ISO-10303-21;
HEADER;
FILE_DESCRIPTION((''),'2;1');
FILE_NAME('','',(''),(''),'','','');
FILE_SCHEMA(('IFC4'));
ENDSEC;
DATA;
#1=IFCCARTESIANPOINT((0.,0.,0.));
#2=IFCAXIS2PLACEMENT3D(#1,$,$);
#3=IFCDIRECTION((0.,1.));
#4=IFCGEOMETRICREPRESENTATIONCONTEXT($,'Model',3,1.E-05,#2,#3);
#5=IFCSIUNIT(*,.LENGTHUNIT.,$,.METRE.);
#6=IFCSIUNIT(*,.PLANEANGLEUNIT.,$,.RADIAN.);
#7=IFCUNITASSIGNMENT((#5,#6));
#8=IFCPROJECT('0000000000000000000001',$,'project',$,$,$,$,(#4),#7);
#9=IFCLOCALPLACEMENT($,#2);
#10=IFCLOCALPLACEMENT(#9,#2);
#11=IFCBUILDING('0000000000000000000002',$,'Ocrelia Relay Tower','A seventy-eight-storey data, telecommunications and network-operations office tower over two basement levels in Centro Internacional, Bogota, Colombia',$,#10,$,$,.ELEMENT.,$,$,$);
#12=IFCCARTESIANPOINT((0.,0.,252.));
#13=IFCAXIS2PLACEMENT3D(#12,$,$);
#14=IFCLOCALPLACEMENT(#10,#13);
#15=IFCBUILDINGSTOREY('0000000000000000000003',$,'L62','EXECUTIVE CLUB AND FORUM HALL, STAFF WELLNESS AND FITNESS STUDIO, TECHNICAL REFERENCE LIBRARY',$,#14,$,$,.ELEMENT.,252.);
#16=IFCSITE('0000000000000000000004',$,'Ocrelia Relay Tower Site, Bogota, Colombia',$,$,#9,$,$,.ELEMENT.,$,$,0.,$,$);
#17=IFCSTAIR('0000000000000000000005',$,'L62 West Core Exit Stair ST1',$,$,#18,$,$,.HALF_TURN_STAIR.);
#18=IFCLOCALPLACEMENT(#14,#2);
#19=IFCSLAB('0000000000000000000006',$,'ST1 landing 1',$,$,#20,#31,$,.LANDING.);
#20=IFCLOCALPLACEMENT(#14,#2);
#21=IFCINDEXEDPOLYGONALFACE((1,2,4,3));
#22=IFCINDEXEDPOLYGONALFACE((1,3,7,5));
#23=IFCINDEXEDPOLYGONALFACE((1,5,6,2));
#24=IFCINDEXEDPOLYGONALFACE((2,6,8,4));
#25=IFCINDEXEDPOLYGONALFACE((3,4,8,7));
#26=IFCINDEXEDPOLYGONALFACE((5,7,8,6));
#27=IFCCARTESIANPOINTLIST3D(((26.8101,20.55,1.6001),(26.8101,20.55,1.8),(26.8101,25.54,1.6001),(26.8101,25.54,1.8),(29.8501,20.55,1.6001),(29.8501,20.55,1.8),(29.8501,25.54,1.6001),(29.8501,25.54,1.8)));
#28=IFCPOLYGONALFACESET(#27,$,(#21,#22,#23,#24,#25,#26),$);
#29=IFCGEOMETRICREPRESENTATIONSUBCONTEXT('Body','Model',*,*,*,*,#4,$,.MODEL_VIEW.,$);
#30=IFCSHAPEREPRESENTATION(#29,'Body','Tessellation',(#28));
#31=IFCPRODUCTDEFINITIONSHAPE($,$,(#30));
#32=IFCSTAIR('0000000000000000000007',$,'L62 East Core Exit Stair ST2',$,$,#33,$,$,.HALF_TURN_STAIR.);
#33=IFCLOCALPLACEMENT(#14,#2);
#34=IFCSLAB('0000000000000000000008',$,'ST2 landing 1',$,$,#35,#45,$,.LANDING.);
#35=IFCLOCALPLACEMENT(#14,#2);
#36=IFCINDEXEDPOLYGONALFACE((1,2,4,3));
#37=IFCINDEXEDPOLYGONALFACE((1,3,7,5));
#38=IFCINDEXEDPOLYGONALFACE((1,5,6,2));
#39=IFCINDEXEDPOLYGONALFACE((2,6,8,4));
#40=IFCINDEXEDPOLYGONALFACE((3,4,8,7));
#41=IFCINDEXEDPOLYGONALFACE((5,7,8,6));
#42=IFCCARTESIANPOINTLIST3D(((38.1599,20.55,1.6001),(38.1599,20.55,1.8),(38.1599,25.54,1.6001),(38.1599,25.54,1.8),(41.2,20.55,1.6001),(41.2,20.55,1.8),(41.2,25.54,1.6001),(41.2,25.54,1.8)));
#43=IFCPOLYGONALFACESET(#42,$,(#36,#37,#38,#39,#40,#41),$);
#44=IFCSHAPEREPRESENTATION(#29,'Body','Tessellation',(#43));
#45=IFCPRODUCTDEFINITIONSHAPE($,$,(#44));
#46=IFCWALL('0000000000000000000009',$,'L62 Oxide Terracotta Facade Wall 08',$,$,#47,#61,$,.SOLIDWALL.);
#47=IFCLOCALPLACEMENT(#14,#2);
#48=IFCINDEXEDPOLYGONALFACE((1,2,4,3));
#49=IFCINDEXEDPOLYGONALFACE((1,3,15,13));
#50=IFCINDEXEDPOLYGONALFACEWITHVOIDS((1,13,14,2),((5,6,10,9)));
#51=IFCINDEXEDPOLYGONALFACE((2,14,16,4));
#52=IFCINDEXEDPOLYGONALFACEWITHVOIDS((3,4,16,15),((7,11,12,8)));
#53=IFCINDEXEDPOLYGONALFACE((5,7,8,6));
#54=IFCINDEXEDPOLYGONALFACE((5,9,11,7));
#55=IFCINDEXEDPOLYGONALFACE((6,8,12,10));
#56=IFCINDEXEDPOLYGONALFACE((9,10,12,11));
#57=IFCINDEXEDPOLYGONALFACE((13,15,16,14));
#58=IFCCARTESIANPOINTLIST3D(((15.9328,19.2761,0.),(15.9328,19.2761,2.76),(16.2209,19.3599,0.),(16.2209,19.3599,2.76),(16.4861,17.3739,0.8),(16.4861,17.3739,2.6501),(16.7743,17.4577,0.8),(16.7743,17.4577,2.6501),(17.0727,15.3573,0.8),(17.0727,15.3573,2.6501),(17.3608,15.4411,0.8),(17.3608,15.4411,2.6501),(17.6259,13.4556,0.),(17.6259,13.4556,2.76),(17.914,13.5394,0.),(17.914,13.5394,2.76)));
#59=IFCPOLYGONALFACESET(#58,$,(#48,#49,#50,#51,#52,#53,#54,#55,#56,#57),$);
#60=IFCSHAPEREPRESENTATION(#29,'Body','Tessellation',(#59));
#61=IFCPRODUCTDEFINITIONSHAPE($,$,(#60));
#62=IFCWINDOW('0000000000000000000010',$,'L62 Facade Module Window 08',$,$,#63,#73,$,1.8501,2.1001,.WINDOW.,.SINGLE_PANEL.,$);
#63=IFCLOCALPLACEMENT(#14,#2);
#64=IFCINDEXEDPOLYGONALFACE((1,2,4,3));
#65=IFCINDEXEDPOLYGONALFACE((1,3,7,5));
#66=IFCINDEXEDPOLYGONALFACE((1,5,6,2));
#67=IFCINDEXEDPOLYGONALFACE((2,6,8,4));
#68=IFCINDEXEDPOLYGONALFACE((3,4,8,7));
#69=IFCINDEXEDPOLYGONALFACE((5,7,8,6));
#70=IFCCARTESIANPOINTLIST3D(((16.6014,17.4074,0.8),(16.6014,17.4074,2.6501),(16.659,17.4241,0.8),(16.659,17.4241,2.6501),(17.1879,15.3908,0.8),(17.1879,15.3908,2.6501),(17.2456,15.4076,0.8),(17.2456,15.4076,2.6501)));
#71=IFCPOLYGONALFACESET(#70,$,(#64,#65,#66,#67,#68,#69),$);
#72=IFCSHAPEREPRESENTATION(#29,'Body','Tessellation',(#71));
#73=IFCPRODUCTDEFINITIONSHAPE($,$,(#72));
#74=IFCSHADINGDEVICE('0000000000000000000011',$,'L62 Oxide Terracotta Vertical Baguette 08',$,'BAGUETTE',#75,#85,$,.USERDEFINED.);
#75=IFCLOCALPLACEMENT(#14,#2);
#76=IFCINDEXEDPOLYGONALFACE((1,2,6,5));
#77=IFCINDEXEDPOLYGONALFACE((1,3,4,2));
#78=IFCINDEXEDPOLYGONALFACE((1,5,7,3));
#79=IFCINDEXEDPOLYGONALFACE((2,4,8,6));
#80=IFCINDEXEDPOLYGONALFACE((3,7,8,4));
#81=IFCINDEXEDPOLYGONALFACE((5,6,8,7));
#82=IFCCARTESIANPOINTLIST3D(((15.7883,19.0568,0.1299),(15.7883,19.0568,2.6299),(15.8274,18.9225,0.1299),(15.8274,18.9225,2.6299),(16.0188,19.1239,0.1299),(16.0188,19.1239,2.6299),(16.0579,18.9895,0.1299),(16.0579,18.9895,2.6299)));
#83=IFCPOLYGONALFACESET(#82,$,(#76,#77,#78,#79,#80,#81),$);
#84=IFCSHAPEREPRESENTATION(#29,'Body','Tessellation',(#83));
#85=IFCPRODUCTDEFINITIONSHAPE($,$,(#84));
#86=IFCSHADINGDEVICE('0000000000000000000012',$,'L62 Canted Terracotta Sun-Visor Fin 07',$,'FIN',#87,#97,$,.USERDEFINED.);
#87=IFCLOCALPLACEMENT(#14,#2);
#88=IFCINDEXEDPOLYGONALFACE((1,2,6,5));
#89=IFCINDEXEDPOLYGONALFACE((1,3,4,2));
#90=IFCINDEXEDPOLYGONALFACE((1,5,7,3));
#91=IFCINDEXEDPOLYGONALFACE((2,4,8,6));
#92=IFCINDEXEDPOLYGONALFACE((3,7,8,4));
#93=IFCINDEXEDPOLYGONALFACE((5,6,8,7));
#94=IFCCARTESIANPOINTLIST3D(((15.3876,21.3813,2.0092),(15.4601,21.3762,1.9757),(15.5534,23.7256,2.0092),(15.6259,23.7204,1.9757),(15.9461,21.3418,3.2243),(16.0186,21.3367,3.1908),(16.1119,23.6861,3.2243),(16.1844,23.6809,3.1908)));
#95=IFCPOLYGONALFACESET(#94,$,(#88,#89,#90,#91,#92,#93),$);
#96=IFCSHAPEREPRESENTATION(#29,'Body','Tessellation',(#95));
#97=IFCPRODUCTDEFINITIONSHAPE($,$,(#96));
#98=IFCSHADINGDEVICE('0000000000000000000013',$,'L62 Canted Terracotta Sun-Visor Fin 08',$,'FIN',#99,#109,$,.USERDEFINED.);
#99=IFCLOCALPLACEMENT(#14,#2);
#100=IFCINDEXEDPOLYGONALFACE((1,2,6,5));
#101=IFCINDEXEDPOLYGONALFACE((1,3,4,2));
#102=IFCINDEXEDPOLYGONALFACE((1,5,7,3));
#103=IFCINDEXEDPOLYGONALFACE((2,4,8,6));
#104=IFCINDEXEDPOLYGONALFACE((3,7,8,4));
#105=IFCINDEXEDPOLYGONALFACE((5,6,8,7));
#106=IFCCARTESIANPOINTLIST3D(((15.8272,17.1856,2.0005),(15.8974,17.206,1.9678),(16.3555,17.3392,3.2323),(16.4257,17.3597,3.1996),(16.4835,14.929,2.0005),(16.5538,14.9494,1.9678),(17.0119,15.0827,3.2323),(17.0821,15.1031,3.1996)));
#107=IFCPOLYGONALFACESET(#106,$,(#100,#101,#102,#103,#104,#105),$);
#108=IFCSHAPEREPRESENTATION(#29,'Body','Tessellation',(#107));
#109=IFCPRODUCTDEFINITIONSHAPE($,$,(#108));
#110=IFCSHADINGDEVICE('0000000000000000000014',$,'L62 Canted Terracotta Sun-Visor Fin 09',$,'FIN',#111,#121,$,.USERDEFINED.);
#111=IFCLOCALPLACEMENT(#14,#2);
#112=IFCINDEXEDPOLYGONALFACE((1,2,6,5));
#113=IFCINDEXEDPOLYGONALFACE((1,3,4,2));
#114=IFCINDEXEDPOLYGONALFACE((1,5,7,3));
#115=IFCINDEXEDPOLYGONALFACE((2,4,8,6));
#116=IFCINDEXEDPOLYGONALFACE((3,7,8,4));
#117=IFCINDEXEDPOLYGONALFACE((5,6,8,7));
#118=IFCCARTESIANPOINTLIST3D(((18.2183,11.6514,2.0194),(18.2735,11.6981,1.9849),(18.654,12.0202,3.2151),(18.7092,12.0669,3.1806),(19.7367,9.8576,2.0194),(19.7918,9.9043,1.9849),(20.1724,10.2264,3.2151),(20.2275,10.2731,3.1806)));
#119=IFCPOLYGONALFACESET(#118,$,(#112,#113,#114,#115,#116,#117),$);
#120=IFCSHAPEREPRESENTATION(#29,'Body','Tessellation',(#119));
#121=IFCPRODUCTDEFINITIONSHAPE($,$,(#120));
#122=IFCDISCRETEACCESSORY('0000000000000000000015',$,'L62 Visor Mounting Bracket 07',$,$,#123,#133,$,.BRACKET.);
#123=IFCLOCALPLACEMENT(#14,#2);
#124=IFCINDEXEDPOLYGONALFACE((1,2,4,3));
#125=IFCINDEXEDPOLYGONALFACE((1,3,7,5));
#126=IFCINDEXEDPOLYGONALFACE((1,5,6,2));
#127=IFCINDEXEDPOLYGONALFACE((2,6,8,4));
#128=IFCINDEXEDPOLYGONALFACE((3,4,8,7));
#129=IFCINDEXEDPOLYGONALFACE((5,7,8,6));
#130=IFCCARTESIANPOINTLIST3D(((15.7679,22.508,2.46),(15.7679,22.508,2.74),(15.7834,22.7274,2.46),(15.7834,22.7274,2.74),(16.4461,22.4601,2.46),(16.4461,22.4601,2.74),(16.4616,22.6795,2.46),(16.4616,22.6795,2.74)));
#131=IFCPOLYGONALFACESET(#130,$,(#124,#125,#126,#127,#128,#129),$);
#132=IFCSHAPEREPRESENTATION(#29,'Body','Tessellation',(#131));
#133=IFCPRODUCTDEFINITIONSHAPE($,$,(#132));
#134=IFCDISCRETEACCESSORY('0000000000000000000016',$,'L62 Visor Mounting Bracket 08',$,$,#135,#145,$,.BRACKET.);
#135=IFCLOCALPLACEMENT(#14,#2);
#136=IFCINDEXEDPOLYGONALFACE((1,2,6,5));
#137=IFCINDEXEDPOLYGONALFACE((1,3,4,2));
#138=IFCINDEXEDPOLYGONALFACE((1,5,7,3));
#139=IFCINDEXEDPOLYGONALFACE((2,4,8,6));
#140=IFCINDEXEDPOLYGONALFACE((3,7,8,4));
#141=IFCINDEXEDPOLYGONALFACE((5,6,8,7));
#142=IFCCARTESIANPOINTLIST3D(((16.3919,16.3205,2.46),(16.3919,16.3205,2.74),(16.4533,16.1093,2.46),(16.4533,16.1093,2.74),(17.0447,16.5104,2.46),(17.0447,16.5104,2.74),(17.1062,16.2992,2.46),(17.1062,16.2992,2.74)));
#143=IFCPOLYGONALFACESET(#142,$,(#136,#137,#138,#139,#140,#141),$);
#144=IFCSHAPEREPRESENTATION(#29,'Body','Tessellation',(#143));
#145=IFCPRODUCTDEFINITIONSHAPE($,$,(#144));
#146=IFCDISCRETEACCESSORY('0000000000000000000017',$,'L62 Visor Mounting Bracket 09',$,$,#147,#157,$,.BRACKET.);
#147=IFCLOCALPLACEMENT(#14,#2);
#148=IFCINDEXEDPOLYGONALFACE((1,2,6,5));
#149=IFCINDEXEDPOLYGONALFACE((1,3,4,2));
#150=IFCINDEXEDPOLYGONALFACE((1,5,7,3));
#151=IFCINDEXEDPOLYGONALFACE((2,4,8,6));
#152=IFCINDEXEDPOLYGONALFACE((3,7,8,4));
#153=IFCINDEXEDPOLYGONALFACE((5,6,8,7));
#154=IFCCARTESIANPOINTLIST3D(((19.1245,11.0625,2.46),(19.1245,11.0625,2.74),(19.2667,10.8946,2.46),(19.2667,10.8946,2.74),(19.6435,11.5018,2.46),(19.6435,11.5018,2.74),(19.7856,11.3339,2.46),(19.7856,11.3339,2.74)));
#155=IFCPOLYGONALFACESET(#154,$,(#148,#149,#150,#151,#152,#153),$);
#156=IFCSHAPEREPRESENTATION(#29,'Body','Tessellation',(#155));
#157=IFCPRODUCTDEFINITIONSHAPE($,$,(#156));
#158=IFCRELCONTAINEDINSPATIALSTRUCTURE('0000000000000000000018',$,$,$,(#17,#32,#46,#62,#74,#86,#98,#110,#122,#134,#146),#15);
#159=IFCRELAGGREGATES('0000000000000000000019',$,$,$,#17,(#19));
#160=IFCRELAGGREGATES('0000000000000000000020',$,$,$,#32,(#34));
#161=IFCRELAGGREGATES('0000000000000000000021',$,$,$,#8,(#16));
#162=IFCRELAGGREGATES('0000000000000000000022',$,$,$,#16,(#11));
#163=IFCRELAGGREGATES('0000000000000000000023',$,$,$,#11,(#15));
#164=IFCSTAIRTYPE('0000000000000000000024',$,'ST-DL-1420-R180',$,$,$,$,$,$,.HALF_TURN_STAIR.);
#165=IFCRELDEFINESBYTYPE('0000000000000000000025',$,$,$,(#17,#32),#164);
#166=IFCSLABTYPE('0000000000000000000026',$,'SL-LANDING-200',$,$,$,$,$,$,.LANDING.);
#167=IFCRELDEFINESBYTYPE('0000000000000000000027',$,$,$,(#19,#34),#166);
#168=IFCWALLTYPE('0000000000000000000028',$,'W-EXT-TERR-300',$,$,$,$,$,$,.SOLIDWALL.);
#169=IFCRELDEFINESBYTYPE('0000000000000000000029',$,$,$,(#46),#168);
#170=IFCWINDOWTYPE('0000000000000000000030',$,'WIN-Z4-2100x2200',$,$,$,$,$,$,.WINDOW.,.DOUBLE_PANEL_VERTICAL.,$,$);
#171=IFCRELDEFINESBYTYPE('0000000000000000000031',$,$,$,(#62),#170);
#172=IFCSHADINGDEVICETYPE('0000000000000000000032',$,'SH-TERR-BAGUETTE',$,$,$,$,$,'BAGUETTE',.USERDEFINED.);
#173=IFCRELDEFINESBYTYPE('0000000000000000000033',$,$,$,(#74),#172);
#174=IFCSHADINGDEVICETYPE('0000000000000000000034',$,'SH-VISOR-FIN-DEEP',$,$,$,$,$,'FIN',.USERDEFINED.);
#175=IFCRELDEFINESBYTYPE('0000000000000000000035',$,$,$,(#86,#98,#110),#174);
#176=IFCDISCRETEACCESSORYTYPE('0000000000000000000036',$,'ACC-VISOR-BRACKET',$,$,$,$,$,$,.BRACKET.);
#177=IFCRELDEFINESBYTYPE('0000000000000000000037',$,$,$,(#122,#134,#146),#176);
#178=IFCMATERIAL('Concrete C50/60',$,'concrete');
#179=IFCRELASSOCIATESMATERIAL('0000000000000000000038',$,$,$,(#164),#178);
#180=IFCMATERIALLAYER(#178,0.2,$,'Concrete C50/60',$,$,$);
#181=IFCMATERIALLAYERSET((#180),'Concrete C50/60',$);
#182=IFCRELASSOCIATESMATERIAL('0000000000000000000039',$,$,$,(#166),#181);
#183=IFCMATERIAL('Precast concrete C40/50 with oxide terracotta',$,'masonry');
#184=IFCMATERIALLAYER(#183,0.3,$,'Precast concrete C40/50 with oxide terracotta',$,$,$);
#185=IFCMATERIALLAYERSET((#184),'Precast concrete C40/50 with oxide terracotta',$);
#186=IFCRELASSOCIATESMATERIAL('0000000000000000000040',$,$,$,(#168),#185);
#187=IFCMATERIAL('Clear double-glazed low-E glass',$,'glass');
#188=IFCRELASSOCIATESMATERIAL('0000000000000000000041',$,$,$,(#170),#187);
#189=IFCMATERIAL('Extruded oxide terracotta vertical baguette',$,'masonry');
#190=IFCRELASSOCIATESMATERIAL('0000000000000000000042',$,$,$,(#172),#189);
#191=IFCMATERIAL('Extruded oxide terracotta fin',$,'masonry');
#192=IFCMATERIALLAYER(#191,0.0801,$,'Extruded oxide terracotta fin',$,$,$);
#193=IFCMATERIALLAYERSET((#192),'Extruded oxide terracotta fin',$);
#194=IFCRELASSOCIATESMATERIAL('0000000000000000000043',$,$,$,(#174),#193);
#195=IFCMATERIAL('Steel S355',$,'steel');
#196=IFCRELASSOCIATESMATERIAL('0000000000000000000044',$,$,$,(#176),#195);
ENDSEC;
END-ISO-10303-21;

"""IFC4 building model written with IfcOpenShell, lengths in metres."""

from ifc_helpers import new_model, si_unit, direction, frame, frame_2d, origin, origin_2d, place, context, subcontext, project, spatial, polyline, rectangle, outline, extrude, material, layer, layer_set, type_object, element, fill, aggregate, save


model = new_model("IFC4")

# Units and contexts
model_context = context("Model", 3, precision=1e-05, world=origin(), true_north=direction((0.0, 1.0)))
body_context = subcontext(model_context, "Body", "Model", "MODEL_VIEW")
ifc_project = project(units=[si_unit("LENGTHUNIT", "METRE"), si_unit("PLANEANGLEUNIT", "RADIAN")], contexts=[model_context])

# Site, building, storey
site_placement = place(None, origin())
site = spatial("IfcSite", under=ifc_project, at=site_placement, Name="Ocrelia Relay Tower Site, Bogota, Colombia", CompositionType="ELEMENT", RefElevation=0.0)
building_placement = place(site_placement, origin())
building = spatial("IfcBuilding", under=site, at=building_placement, Name="Ocrelia Relay Tower", Description="A seventy-eight-storey data, telecommunications and network-operations office tower over two basement levels in Centro Internacional, Bogota, Colombia", CompositionType="ELEMENT")
storey_placement = place(building_placement, frame((0.0, 0.0, 252.0)))
storey = spatial("IfcBuildingStorey", under=building, at=storey_placement, Name="L62", Description="EXECUTIVE CLUB AND FORUM HALL, STAFF WELLNESS AND FITNESS STUDIO, TECHNICAL REFERENCE LIBRARY", CompositionType="ELEMENT", Elevation=252.0)

# Shared definitions
ifc_material_1 = material(Name="Concrete C50/60", Category="concrete")

# Shared definitions
ifc_material_2 = material(Name="Steel S355", Category="steel")

# Shared definitions
ifc_material_3 = material(Name="Clear double-glazed low-E glass", Category="glass")

# Stairs, slabs
stair_type = type_object("IfcStairType", Name="ST-DL-1420-R180", PredefinedType="HALF_TURN_STAIR", material=ifc_material_1)
stair_1_placement = place(storey_placement, origin())
stair_1 = element("IfcStair", 1, at=stair_1_placement, inside=storey, type_object=stair_type, Name="L62 West Core Exit Stair ST1", PredefinedType="HALF_TURN_STAIR")
ifc_layer_1 = layer(ifc_material_1, 0.2, Name="Concrete C50/60")
ifc_layer_set_1 = layer_set([ifc_layer_1], Name="Concrete C50/60")
slab_type_1 = type_object("IfcSlabType", Name="SL-LANDING-200", PredefinedType="LANDING", material=ifc_layer_set_1)
slab_1_placement = place(storey_placement, frame((0.0, 0.0, 1.6001)))
slab_1 = element("IfcSlab", 2, at=slab_1_placement, type_object=slab_type_1, Name="ST1 landing 1", PredefinedType="LANDING", context=body_context, shape_type="SweptSolid", body=[
    extrude(outline(polyline([(26.8101, 25.54), (26.8101, 20.55), (29.8501, 20.55), (29.8501, 25.54), (26.8101, 25.54)])), origin(), (0.0, 0.0, 1.0), 0.2),
])
aggregate(stair_1, [slab_1])
stair_2_placement = place(storey_placement, origin())
stair_2 = element("IfcStair", 3, at=stair_2_placement, inside=storey, type_object=stair_type, Name="L62 East Core Exit Stair ST2", PredefinedType="HALF_TURN_STAIR")
slab_2_placement = place(storey_placement, frame((0.0, 0.0, 1.6001)))
slab_2 = element("IfcSlab", 4, at=slab_2_placement, type_object=slab_type_1, Name="ST2 landing 1", PredefinedType="LANDING", context=body_context, shape_type="SweptSolid", body=[
    extrude(outline(polyline([(38.1599, 25.54), (38.1599, 20.55), (41.2, 20.55), (41.2, 25.54), (38.1599, 25.54)])), origin(), (0.0, 0.0, 1.0), 0.2),
])
aggregate(stair_2, [slab_2])

# Wall, opening, window
ifc_material_4 = material(Name="Precast concrete C40/50 with oxide terracotta", Category="masonry")
ifc_layer_2 = layer(ifc_material_4, 0.3, Name="Precast concrete C40/50 with oxide terracotta")
ifc_layer_set_2 = layer_set([ifc_layer_2], Name="Precast concrete C40/50 with oxide terracotta")
wall_type = type_object("IfcWallType", Name="W-EXT-TERR-300", PredefinedType="SOLIDWALL", material=ifc_layer_set_2)
wall_placement = place(storey_placement, frame((16.0769, 19.3179, 0.0), z_axis=(0.0, 0.0, 1.0), x_axis=(0.279309, -0.960201, 0.0)))
wall = element("IfcWall", 5, at=wall_placement, inside=storey, type_object=wall_type, Name="L62 Oxide Terracotta Facade Wall 08", PredefinedType="SOLIDWALL", context=body_context, shape_type="SweptSolid", body=[
    extrude(rectangle(XDim=6.0618, YDim=0.3, at=frame_2d((3.0308, 0.0))), origin(), (0.0, 0.0, 1.0), 2.76),
])
opening_placement = place(wall_placement, frame((1.981, 0.0, 0.8)))
opening = element("IfcOpeningElement", 6, at=opening_placement, cuts=wall, PredefinedType="OPENING", context=body_context, shape_type="SweptSolid", body=[
    extrude(rectangle(XDim=2.1001, YDim=1.8501, at=frame_2d((1.05, 0.925))), frame((0.0, 0.1602, 0.0), z_axis=(0.0, -1.0, 0.0), x_axis=(1.0, 0.0, 0.0)), (0.0, 0.0, 1.0), 0.3201),
])
window_type = type_object("IfcWindowType", Name="WIN-Z4-2100x2200", PartitioningType="DOUBLE_PANEL_VERTICAL", PredefinedType="WINDOW", material=ifc_material_3)
window_placement = place(opening_placement, origin())
window = element("IfcWindow", 7, at=window_placement, inside=storey, type_object=window_type, Name="L62 Facade Module Window 08", OverallHeight=1.8501, OverallWidth=2.1001, PartitioningType="SINGLE_PANEL", PredefinedType="WINDOW", context=body_context, shape_type="SweptSolid", body=[
    extrude(rectangle(XDim=2.1001, YDim=1.8501, at=frame_2d((1.05, 0.925))), frame((0.0, 0.03, 0.0), z_axis=(0.0, -1.0, 0.0), x_axis=(1.0, 0.0, 0.0)), (0.0, 0.0, 1.0), 0.0601),
])
fill(opening, window)

# Shading devices
ifc_material_5 = material(Name="Extruded oxide terracotta vertical baguette", Category="masonry")
shading_device_type_1 = type_object("IfcShadingDeviceType", Name="SH-TERR-BAGUETTE", ElementType="BAGUETTE", PredefinedType="USERDEFINED", material=ifc_material_5)
shading_device_1_placement = place(storey_placement, frame((15.9231, 19.0232, 0.1299), z_axis=(0.0, 0.0, 1.0), x_axis=(0.279289, -0.960207, 0.0)))
element("IfcShadingDevice", 8, at=shading_device_1_placement, inside=storey, type_object=shading_device_type_1, Name="L62 Oxide Terracotta Vertical Baguette 08", ObjectType="BAGUETTE", PredefinedType="USERDEFINED", context=body_context, shape_type="SweptSolid", body=[
    extrude(rectangle(XDim=0.1399, YDim=0.24, at=origin_2d()), origin(), (0.0, 0.0, 1.0), 2.5),
])
ifc_material_6 = material(Name="Extruded oxide terracotta fin", Category="masonry")
ifc_layer_3 = layer(ifc_material_6, 0.0801, Name="Extruded oxide terracotta fin")
ifc_layer_set_3 = layer_set([ifc_layer_3], Name="Extruded oxide terracotta fin")
shading_device_type_2 = type_object("IfcShadingDeviceType", Name="SH-VISOR-FIN-DEEP", ElementType="FIN", PredefinedType="USERDEFINED", material=ifc_layer_set_3)
shading_device_2_placement = place(storey_placement, frame((15.8223, 22.5286, 2.5833), z_axis=(-0.905953, 0.064078, 0.418501), x_axis=(-0.070554, -0.997508, 0.0)))
element("IfcShadingDevice", 9, at=shading_device_2_placement, inside=storey, type_object=shading_device_type_2, Name="L62 Canted Terracotta Sun-Visor Fin 07", ObjectType="FIN", PredefinedType="USERDEFINED", context=body_context, shape_type="SweptSolid", body=[
    extrude(rectangle(XDim=2.3501, YDim=1.3379, at=origin_2d()), origin(), (0.0, 0.0, 1.0), 0.0801),
])
shading_device_3_placement = place(storey_placement, frame((16.4897, 16.1545, 2.5837), z_axis=(-0.876715, -0.255004, 0.407852), x_axis=(0.279289, -0.960207, 0.0)))
element("IfcShadingDevice", 10, at=shading_device_3_placement, inside=storey, type_object=shading_device_type_2, Name="L62 Canted Terracotta Sun-Visor Fin 08", ObjectType="FIN", PredefinedType="USERDEFINED", context=body_context, shape_type="SweptSolid", body=[
    extrude(rectangle(XDim=2.3501, YDim=1.3491, at=origin_2d()), origin(), (0.0, 0.0, 1.0), 0.0801),
])
shading_device_4_placement = place(storey_placement, frame((19.2505, 10.9856, 2.5828), z_axis=(-0.688797, -0.58305, 0.430826), x_axis=(0.646086, -0.763265, 0.0)))
element("IfcShadingDevice", 11, at=shading_device_4_placement, inside=storey, type_object=shading_device_type_2, Name="L62 Canted Terracotta Sun-Visor Fin 09", ObjectType="FIN", PredefinedType="USERDEFINED", context=body_context, shape_type="SweptSolid", body=[
    extrude(rectangle(XDim=2.3501, YDim=1.325, at=origin_2d()), origin(), (0.0, 0.0, 1.0), 0.0801),
])

# Discrete accessories
discrete_accessory_type = type_object("IfcDiscreteAccessoryType", Name="ACC-VISOR-BRACKET", PredefinedType="BRACKET", material=ifc_material_2)
for number, where, z_axis, x_axis, name in (
    (12, (16.1147, 22.5938, 2.46), (0.0, 0.0, 1.0), (-0.070554, -0.997508, 0.0), "L62 Visor Mounting Bracket 07"),
    (13, (16.749, 16.3098, 2.46), (0.0, 0.0, 1.0), (0.279289, -0.960207, 0.0), "L62 Visor Mounting Bracket 08"),
    (14, (19.4551, 11.1982, 2.46), (0.0, 0.0, 1.0), (0.646086, -0.763265, 0.0), "L62 Visor Mounting Bracket 09"),
):
    element("IfcDiscreteAccessory", number, at=place(storey_placement, frame(where, z_axis=z_axis, x_axis=x_axis)), inside=storey, type_object=discrete_accessory_type, Name=name, PredefinedType="BRACKET", context=body_context, shape_type="SweptSolid", body=[
        extrude(rectangle(XDim=0.22, YDim=0.6799, at=origin_2d()), origin(), (0.0, 0.0, 1.0), 0.28),
    ])

save(model, "model.ifc")
